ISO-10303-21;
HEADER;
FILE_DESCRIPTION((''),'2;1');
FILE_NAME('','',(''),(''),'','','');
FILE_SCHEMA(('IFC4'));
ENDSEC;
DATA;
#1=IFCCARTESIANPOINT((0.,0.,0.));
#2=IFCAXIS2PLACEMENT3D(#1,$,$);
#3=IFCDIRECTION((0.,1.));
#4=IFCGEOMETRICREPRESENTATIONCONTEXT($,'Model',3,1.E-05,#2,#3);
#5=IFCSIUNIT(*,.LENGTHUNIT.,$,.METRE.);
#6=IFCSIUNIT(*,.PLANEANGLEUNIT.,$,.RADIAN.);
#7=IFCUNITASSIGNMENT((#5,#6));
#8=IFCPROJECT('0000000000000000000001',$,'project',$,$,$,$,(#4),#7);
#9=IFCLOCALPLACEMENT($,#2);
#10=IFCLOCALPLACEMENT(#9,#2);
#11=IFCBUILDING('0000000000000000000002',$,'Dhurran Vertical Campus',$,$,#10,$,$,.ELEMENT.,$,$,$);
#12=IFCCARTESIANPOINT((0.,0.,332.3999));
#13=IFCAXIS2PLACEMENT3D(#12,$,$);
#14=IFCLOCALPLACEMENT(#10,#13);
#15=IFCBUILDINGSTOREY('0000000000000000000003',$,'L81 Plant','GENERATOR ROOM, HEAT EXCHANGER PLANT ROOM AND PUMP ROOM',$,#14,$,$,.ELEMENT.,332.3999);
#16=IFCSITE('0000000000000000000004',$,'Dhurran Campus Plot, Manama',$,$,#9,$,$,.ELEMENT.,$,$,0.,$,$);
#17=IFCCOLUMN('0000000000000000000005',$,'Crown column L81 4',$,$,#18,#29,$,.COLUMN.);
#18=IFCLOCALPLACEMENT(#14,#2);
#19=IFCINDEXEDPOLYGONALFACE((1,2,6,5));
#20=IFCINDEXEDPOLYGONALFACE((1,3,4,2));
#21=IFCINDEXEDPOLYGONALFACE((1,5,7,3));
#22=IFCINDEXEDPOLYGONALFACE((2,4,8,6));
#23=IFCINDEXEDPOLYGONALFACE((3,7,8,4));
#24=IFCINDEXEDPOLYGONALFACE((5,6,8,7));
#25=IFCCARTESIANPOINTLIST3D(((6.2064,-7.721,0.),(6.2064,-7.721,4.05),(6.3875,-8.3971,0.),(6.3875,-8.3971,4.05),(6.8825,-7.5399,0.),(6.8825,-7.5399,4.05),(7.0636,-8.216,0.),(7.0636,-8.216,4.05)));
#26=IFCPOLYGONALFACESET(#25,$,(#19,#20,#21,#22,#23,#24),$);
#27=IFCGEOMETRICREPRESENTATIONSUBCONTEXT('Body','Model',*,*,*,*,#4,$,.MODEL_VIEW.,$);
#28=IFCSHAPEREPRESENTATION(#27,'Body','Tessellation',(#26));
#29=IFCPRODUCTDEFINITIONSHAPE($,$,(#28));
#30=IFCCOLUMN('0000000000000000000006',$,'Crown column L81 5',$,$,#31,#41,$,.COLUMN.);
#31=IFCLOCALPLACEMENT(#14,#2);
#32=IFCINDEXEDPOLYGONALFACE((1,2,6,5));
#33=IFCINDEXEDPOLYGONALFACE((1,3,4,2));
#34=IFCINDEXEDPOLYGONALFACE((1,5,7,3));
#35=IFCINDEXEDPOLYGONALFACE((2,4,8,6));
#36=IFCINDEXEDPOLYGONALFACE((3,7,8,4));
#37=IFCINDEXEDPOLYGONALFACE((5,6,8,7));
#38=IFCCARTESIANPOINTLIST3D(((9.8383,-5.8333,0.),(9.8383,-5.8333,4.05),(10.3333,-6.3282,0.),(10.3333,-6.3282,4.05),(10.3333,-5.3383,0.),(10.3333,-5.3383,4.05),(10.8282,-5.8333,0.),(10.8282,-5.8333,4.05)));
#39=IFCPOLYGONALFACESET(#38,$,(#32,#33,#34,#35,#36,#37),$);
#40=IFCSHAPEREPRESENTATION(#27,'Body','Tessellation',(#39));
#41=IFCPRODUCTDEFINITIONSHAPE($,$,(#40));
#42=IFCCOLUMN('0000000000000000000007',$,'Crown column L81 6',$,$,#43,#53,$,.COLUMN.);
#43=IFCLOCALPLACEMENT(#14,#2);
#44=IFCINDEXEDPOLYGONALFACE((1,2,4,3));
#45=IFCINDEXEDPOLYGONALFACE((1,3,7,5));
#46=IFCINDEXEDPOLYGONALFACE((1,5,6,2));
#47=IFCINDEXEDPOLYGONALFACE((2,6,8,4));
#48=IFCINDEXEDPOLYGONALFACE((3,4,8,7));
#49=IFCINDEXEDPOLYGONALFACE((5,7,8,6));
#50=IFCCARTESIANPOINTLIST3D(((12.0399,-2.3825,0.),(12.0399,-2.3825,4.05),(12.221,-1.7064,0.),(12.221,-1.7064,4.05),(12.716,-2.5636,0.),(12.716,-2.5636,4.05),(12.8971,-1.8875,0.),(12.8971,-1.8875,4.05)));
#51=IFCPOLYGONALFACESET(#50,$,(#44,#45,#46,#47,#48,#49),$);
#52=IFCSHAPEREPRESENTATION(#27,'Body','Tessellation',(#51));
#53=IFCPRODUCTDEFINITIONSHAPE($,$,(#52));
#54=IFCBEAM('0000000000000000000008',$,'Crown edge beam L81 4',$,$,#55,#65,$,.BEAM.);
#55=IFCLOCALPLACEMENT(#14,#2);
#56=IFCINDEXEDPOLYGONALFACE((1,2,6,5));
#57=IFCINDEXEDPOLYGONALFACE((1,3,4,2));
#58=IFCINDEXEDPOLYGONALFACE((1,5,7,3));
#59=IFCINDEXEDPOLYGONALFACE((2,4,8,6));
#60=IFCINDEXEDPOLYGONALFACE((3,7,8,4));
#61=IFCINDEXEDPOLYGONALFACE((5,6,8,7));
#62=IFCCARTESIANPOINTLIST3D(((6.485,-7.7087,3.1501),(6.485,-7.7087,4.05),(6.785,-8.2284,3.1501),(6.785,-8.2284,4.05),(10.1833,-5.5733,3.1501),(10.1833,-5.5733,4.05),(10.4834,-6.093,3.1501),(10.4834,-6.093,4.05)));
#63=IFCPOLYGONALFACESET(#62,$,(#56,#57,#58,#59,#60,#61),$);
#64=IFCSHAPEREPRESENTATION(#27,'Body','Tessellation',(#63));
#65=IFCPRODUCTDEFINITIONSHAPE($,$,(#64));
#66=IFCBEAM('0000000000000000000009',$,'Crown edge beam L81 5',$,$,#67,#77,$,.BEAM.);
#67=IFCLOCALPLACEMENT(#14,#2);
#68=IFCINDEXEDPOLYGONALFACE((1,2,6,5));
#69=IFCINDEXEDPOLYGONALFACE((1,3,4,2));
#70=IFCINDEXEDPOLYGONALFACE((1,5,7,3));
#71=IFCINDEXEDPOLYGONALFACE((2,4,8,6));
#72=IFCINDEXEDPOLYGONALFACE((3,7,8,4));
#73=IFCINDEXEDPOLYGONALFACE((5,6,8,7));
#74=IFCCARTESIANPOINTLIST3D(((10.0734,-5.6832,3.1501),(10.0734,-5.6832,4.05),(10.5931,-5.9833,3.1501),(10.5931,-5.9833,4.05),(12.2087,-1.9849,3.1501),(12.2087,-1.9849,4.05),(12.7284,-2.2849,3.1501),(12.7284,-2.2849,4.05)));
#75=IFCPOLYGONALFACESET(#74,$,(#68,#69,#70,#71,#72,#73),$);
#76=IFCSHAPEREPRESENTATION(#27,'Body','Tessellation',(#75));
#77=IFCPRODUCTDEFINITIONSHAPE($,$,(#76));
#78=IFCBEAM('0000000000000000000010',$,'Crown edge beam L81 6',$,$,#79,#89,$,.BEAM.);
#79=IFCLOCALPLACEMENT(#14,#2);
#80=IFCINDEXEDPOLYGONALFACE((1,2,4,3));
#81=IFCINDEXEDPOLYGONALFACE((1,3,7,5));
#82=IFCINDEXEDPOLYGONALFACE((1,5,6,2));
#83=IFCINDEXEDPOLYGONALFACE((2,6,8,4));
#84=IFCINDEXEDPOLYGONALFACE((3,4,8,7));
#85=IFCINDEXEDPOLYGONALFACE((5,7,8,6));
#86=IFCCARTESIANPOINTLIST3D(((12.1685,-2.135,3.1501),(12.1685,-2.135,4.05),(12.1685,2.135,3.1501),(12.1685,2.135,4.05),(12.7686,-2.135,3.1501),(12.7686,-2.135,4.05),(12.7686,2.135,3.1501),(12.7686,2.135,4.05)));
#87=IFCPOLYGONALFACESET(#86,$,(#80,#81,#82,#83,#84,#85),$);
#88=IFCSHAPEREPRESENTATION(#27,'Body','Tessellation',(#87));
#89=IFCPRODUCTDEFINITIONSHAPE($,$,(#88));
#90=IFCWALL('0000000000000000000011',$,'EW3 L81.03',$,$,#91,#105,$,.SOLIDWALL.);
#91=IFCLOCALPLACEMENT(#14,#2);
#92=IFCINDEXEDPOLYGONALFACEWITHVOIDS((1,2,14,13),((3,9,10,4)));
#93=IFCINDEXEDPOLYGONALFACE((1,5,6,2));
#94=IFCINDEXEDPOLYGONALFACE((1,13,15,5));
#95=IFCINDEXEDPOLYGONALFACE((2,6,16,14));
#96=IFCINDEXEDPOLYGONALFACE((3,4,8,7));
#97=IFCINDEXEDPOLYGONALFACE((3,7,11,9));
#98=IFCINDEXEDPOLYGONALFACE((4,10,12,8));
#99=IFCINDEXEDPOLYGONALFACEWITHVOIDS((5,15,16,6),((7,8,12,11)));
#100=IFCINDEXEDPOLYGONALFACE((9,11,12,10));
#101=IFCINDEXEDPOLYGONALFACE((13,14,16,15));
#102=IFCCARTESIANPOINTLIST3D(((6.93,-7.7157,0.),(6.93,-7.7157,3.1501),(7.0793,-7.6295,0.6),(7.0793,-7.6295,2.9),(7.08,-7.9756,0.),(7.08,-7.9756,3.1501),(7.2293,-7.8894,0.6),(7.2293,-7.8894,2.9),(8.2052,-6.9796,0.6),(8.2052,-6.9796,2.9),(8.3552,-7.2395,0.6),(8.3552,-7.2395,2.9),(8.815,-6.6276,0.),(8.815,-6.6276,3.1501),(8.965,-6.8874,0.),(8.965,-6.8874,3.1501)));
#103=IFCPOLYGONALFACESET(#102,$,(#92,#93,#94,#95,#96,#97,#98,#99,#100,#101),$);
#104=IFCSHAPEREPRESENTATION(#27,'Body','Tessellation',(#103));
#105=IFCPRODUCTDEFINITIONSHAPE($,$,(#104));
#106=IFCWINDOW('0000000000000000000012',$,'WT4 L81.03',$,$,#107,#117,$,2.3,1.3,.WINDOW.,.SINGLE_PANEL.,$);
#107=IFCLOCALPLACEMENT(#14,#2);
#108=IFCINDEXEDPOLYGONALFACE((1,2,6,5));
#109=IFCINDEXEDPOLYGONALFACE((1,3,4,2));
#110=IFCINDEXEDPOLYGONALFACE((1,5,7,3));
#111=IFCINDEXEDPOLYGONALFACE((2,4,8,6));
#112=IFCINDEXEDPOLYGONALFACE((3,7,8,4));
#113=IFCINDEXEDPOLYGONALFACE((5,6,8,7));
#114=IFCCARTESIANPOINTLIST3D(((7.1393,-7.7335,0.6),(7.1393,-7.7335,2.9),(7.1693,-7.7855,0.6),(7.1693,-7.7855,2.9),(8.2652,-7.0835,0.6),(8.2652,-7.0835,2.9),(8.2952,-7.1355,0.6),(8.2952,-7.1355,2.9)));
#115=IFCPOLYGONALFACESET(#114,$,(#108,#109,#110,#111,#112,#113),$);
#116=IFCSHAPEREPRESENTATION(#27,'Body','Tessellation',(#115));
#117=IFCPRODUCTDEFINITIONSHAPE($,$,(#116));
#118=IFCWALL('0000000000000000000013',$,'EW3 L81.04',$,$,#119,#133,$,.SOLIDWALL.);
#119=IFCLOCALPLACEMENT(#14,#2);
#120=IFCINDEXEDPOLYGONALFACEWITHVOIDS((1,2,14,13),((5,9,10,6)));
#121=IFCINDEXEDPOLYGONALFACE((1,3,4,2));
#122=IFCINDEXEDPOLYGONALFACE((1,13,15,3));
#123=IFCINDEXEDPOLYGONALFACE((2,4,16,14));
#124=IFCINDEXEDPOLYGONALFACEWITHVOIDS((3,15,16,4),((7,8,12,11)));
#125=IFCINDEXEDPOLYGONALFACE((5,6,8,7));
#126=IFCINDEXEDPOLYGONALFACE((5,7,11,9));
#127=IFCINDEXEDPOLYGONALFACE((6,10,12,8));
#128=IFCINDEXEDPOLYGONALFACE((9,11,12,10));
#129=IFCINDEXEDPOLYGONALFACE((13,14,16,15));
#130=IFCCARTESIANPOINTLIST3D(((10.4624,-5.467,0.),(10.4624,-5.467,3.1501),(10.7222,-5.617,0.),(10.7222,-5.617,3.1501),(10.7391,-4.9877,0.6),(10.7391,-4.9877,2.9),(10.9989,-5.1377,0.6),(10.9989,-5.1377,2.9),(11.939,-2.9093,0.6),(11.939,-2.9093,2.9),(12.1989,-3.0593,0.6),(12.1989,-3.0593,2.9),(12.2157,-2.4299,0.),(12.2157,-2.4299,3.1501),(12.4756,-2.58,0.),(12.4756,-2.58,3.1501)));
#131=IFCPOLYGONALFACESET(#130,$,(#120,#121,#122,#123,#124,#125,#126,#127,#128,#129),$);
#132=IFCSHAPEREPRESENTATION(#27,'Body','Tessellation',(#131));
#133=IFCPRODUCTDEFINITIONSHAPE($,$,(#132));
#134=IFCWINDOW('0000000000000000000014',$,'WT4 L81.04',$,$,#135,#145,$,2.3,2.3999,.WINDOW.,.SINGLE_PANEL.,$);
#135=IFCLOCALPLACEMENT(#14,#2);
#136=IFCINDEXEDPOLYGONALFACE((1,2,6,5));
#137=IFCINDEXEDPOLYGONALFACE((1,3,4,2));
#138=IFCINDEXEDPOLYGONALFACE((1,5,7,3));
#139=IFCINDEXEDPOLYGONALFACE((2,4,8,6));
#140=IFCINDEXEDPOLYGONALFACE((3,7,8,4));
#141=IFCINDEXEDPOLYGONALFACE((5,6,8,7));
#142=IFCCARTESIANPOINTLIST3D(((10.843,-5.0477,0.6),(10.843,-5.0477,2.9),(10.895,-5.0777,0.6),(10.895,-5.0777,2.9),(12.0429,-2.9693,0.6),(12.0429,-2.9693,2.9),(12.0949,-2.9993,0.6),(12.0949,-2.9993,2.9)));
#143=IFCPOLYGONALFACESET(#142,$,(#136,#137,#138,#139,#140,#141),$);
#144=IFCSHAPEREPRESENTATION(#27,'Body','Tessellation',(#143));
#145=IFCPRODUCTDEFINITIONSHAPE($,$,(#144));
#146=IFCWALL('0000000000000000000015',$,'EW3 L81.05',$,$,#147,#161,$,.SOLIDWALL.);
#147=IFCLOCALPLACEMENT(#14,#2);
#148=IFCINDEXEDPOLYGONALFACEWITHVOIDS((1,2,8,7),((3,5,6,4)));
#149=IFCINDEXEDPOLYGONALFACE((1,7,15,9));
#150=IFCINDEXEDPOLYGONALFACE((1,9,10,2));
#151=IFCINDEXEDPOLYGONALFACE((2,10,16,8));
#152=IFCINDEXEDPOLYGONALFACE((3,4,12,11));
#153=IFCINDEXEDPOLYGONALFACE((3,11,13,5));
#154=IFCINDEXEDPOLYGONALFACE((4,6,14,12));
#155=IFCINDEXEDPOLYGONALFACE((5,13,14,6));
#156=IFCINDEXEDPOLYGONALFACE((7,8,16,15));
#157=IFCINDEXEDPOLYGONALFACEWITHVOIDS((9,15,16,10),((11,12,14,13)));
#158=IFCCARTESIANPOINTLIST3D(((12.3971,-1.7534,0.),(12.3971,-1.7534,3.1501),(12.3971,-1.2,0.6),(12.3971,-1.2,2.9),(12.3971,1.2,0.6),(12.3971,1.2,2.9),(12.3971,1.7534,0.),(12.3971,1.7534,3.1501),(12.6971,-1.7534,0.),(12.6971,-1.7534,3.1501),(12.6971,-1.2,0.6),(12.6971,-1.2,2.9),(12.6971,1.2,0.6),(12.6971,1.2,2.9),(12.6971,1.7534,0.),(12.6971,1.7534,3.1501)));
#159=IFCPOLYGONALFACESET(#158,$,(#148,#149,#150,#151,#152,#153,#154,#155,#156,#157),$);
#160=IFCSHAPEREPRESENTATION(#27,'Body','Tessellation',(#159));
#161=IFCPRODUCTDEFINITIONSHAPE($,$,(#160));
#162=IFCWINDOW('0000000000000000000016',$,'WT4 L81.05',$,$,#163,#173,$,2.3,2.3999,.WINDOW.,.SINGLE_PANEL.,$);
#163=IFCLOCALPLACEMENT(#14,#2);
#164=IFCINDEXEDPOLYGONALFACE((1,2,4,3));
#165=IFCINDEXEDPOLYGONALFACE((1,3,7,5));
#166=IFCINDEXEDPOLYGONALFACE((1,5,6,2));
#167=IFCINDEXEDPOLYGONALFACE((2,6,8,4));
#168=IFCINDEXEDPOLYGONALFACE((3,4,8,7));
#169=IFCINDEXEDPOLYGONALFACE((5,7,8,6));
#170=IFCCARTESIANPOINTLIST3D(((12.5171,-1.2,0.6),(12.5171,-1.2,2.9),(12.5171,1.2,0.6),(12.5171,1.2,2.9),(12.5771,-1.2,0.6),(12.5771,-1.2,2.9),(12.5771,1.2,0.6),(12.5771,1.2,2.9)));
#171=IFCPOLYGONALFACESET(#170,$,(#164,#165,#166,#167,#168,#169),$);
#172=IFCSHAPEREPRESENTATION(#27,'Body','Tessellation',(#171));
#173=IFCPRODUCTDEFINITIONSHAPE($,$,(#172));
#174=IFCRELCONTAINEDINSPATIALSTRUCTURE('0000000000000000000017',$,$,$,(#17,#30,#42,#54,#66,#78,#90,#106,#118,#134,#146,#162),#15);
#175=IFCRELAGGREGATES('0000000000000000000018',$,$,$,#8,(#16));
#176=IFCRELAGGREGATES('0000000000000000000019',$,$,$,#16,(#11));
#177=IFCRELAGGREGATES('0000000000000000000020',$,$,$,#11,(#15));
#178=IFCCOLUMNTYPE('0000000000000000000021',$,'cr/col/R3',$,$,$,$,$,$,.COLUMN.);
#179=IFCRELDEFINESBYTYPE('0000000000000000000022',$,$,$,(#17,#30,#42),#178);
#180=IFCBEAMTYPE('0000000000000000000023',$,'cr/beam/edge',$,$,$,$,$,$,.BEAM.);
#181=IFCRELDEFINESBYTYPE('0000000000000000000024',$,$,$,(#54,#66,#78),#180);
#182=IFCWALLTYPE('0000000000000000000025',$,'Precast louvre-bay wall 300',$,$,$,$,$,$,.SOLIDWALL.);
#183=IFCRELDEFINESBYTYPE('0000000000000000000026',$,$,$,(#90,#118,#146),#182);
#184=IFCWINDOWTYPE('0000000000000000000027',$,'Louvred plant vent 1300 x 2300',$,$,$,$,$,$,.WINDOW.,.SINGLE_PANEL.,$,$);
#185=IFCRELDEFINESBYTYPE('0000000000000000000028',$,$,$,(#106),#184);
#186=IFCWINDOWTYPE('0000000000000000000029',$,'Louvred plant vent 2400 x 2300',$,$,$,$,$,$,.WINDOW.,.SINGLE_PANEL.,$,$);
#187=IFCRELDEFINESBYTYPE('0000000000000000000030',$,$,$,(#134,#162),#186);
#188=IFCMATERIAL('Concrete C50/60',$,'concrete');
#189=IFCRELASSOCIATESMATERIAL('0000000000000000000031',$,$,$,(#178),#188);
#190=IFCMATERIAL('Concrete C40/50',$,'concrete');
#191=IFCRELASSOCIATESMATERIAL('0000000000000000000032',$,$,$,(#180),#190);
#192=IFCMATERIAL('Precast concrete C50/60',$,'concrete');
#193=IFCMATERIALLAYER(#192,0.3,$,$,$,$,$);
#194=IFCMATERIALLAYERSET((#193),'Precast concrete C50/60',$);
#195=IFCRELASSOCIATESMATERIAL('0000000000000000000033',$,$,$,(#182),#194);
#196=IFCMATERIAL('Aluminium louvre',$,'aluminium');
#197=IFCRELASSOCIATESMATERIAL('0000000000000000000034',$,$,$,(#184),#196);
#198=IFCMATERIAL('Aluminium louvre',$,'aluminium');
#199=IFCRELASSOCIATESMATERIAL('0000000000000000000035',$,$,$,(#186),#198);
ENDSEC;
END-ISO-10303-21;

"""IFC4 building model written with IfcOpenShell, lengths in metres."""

from ifc_helpers import new_model, si_unit, direction, frame, frame_2d, origin, origin_2d, place, context, subcontext, project, spatial, rectangle, extrude, material, layer, layer_set, material_profile, profile_set, type_object, element, fill, save


model = new_model("IFC4")

# Units and contexts
model_context = context("Model", 3, precision=1e-05, world=origin(), true_north=direction((0.0, 1.0)))
body_context = subcontext(model_context, "Body", "Model", "MODEL_VIEW")
ifc_project = project(units=[si_unit("LENGTHUNIT", "METRE"), si_unit("PLANEANGLEUNIT", "RADIAN")], contexts=[model_context])

# Site, building, storey
site_placement = place(None, origin())
site = spatial("IfcSite", under=ifc_project, at=site_placement, Name="Dhurran Campus Plot, Manama", CompositionType="ELEMENT", RefElevation=0.0)
building_placement = place(site_placement, origin())
building = spatial("IfcBuilding", under=site, at=building_placement, Name="Dhurran Vertical Campus", CompositionType="ELEMENT")
storey_placement = place(building_placement, frame((0.0, 0.0, 332.3999)))
storey = spatial("IfcBuildingStorey", under=building, at=storey_placement, Name="L81 Plant", Description="GENERATOR ROOM, HEAT EXCHANGER PLANT ROOM AND PUMP ROOM", CompositionType="ELEMENT", Elevation=332.3999)

# Columns
ifc_material_1 = material(Name="Concrete C50/60", Category="concrete")
ifc_material_profile_1 = material_profile(ifc_material_1, rectangle(XDim=0.7, YDim=0.7, at=origin_2d()), Name="cr/col/R3")
ifc_profile_set_1 = profile_set([ifc_material_profile_1], Name="Concrete C50/60")
column_type = type_object("IfcColumnType", Name="cr/col/R3", PredefinedType="COLUMN", material=ifc_profile_set_1)
for number, where, z_axis, x_axis, name in (
    (1, (6.635, -7.9685, 0.0), (0.0, 0.0, 1.0), (0.965926, 0.258819, 0.0), "Crown column L81 4"),
    (2, (10.3333, -5.8333, 0.0), (0.0, 0.0, 1.0), (0.707107, 0.707107, 0.0), "Crown column L81 5"),
    (3, (12.4685, -2.135, 0.0), (0.0, 0.0, 1.0), (0.258819, 0.965926, 0.0), "Crown column L81 6"),
):
    element("IfcColumn", number, at=place(storey_placement, frame(where, z_axis=z_axis, x_axis=x_axis)), inside=storey, type_object=column_type, Name=name, PredefinedType="COLUMN", context=body_context, shape_type="SweptSolid", body=[
        extrude(rectangle(XDim=0.7, YDim=0.7, at=origin_2d()), origin(), (0.0, 0.0, 1.0), 4.05),
    ])

# Beams
ifc_material_2 = material(Name="Concrete C40/50", Category="concrete")
ifc_material_profile_2 = material_profile(ifc_material_2, rectangle(XDim=0.6001, YDim=0.8999, at=origin_2d()), Name="cr/beam/edge")
ifc_profile_set_2 = profile_set([ifc_material_profile_2], Name="Concrete C40/50")
beam_type = type_object("IfcBeamType", Name="cr/beam/edge", PredefinedType="BEAM", material=ifc_profile_set_2)
for number, where, z_axis, x_axis, name in (
    (4, (6.635, -7.9685, 3.6001), (0.866018, 0.500013, 0.0), (-0.500013, 0.866018, 0.0), "Crown edge beam L81 4"),
    (5, (10.3333, -5.8333, 3.6001), (0.500013, 0.866018, 0.0), (-0.866018, 0.500013, 0.0), "Crown edge beam L81 5"),
):
    element("IfcBeam", number, at=place(storey_placement, frame(where, z_axis=z_axis, x_axis=x_axis)), inside=storey, type_object=beam_type, Name=name, PredefinedType="BEAM", context=body_context, shape_type="SweptSolid", body=[
        extrude(rectangle(XDim=0.6001, YDim=0.8999, at=origin_2d()), origin(), (0.0, 0.0, 1.0), 4.2705),
    ])
beam_placement = place(storey_placement, frame((12.4685, -2.135, 3.6001), z_axis=(0.0, 1.0, 0.0), x_axis=(-1.0, 0.0, 0.0)))
element("IfcBeam", 6, at=beam_placement, inside=storey, type_object=beam_type, Name="Crown edge beam L81 6", PredefinedType="BEAM", context=body_context, shape_type="SweptSolid", body=[
    extrude(rectangle(XDim=0.6001, YDim=0.8999, at=origin_2d()), origin(), (0.0, 0.0, 1.0), 4.27),
])

# Walls, openings, windows
ifc_material_3 = material(Name="Precast concrete C50/60", Category="concrete")
ifc_layer_1 = layer(ifc_material_3, 0.3)
ifc_layer_set_1 = layer_set([ifc_layer_1], Name="Precast concrete C50/60")
wall_type_1 = type_object("IfcWallType", Name="Precast louvre-bay wall 300", PredefinedType="SOLIDWALL", material=ifc_layer_set_1)
wall_1_placement = place(storey_placement, frame((7.0049, -7.8457, 0.0), z_axis=(0.0, 0.0, 1.0), x_axis=(0.86606, 0.499939, 0.0)))
wall_1 = element("IfcWall", 7, at=wall_1_placement, inside=storey, type_object=wall_type_1, Name="EW3 L81.03", PredefinedType="SOLIDWALL", context=body_context, shape_type="SweptSolid", body=[
    extrude(rectangle(XDim=2.1765, YDim=0.3, at=frame_2d((1.0884, 0.0))), origin(), (0.0, 0.0, 1.0), 3.1501),
])
opening_1_placement = place(wall_1_placement, frame((0.1726, 0.0, 0.6001)))
opening_1 = element("IfcOpeningElement", 8, at=opening_1_placement, cuts=wall_1, PredefinedType="OPENING", context=body_context, shape_type="SweptSolid", body=[
    extrude(rectangle(XDim=1.3, YDim=2.3, at=frame_2d((0.6499, 1.1499))), frame((0.0, 0.1599, 0.0), z_axis=(0.0, -1.0, 0.0), x_axis=(1.0, 0.0, 0.0)), (0.0, 0.0, 1.0), 0.3201),
])
ifc_material_4 = material(Name="Aluminium louvre", Category="aluminium")
window_type_1 = type_object("IfcWindowType", Name="Louvred plant vent 1300 x 2300", PartitioningType="SINGLE_PANEL", PredefinedType="WINDOW", material=ifc_material_4)
window_1_placement = place(opening_1_placement, origin())
window_1 = element("IfcWindow", 9, at=window_1_placement, inside=storey, type_object=window_type_1, Name="WT4 L81.03", OverallHeight=2.3, OverallWidth=1.3, PartitioningType="SINGLE_PANEL", PredefinedType="WINDOW", context=body_context, shape_type="SweptSolid", body=[
    extrude(rectangle(XDim=1.3, YDim=2.3, at=frame_2d((0.6499, 1.1499))), frame((0.0, 0.03, 0.0), z_axis=(0.0, -1.0, 0.0), x_axis=(1.0, 0.0, 0.0)), (0.0, 0.0, 1.0), 0.0601),
])
fill(opening_1, window_1)
wall_2_placement = place(storey_placement, frame((10.5923, -5.542, 0.0), z_axis=(0.0, 0.0, 1.0), x_axis=(0.499988, 0.866033, 0.0)))
wall_2 = element("IfcWall", 10, at=wall_2_placement, inside=storey, type_object=wall_type_1, Name="EW3 L81.04", PredefinedType="SOLIDWALL", context=body_context, shape_type="SweptSolid", body=[
    extrude(rectangle(XDim=3.5068, YDim=0.3, at=frame_2d((1.7534, 0.0))), origin(), (0.0, 0.0, 1.0), 3.1501),
])
opening_2_placement = place(wall_2_placement, frame((0.5535, 0.0, 0.6001)))
opening_2 = element("IfcOpeningElement", 11, at=opening_2_placement, cuts=wall_2, PredefinedType="OPENING", context=body_context, shape_type="SweptSolid", body=[
    extrude(rectangle(XDim=2.3999, YDim=2.3, at=frame_2d((1.2, 1.1499))), frame((0.0, 0.1599, 0.0), z_axis=(0.0, -1.0, 0.0), x_axis=(1.0, 0.0, 0.0)), (0.0, 0.0, 1.0), 0.3201),
])
ifc_material_5 = material(Name="Aluminium louvre", Category="aluminium")
window_type_2 = type_object("IfcWindowType", Name="Louvred plant vent 2400 x 2300", PartitioningType="SINGLE_PANEL", PredefinedType="WINDOW", material=ifc_material_5)
window_2_placement = place(opening_2_placement, origin())
window_2 = element("IfcWindow", 12, at=window_2_placement, inside=storey, type_object=window_type_2, Name="WT4 L81.04", OverallHeight=2.3, OverallWidth=2.3999, PartitioningType="SINGLE_PANEL", PredefinedType="WINDOW", context=body_context, shape_type="SweptSolid", body=[
    extrude(rectangle(XDim=2.3999, YDim=2.3, at=frame_2d((1.2, 1.1499))), frame((0.0, 0.03, 0.0), z_axis=(0.0, -1.0, 0.0), x_axis=(1.0, 0.0, 0.0)), (0.0, 0.0, 1.0), 0.0601),
])
fill(opening_2, window_2)
wall_3_placement = place(storey_placement, frame((12.5471, -1.7534, 0.0), z_axis=(0.0, 0.0, 1.0), x_axis=(0.0, 1.0, 0.0)))
wall_3 = element("IfcWall", 13, at=wall_3_placement, inside=storey, type_object=wall_type_1, Name="EW3 L81.05", PredefinedType="SOLIDWALL", context=body_context, shape_type="SweptSolid", body=[
    extrude(rectangle(XDim=3.5068, YDim=0.3, at=frame_2d((1.7534, 0.0))), origin(), (0.0, 0.0, 1.0), 3.1501),
])
opening_3_placement = place(wall_3_placement, frame((0.5535, 0.0, 0.6001)))
opening_3 = element("IfcOpeningElement", 14, at=opening_3_placement, cuts=wall_3, PredefinedType="OPENING", context=body_context, shape_type="SweptSolid", body=[
    extrude(rectangle(XDim=2.3999, YDim=2.3, at=frame_2d((1.2, 1.1499))), frame((0.0, 0.1599, 0.0), z_axis=(0.0, -1.0, 0.0), x_axis=(1.0, 0.0, 0.0)), (0.0, 0.0, 1.0), 0.3201),
])
window_3_placement = place(opening_3_placement, origin())
window_3 = element("IfcWindow", 15, at=window_3_placement, inside=storey, type_object=window_type_2, Name="WT4 L81.05", OverallHeight=2.3, OverallWidth=2.3999, PartitioningType="SINGLE_PANEL", PredefinedType="WINDOW", context=body_context, shape_type="SweptSolid", body=[
    extrude(rectangle(XDim=2.3999, YDim=2.3, at=frame_2d((1.2, 1.1499))), frame((0.0, 0.03, 0.0), z_axis=(0.0, -1.0, 0.0), x_axis=(1.0, 0.0, 0.0)), (0.0, 0.0, 1.0), 0.0601),
])
fill(opening_3, window_3)

save(model, "model.ifc")
